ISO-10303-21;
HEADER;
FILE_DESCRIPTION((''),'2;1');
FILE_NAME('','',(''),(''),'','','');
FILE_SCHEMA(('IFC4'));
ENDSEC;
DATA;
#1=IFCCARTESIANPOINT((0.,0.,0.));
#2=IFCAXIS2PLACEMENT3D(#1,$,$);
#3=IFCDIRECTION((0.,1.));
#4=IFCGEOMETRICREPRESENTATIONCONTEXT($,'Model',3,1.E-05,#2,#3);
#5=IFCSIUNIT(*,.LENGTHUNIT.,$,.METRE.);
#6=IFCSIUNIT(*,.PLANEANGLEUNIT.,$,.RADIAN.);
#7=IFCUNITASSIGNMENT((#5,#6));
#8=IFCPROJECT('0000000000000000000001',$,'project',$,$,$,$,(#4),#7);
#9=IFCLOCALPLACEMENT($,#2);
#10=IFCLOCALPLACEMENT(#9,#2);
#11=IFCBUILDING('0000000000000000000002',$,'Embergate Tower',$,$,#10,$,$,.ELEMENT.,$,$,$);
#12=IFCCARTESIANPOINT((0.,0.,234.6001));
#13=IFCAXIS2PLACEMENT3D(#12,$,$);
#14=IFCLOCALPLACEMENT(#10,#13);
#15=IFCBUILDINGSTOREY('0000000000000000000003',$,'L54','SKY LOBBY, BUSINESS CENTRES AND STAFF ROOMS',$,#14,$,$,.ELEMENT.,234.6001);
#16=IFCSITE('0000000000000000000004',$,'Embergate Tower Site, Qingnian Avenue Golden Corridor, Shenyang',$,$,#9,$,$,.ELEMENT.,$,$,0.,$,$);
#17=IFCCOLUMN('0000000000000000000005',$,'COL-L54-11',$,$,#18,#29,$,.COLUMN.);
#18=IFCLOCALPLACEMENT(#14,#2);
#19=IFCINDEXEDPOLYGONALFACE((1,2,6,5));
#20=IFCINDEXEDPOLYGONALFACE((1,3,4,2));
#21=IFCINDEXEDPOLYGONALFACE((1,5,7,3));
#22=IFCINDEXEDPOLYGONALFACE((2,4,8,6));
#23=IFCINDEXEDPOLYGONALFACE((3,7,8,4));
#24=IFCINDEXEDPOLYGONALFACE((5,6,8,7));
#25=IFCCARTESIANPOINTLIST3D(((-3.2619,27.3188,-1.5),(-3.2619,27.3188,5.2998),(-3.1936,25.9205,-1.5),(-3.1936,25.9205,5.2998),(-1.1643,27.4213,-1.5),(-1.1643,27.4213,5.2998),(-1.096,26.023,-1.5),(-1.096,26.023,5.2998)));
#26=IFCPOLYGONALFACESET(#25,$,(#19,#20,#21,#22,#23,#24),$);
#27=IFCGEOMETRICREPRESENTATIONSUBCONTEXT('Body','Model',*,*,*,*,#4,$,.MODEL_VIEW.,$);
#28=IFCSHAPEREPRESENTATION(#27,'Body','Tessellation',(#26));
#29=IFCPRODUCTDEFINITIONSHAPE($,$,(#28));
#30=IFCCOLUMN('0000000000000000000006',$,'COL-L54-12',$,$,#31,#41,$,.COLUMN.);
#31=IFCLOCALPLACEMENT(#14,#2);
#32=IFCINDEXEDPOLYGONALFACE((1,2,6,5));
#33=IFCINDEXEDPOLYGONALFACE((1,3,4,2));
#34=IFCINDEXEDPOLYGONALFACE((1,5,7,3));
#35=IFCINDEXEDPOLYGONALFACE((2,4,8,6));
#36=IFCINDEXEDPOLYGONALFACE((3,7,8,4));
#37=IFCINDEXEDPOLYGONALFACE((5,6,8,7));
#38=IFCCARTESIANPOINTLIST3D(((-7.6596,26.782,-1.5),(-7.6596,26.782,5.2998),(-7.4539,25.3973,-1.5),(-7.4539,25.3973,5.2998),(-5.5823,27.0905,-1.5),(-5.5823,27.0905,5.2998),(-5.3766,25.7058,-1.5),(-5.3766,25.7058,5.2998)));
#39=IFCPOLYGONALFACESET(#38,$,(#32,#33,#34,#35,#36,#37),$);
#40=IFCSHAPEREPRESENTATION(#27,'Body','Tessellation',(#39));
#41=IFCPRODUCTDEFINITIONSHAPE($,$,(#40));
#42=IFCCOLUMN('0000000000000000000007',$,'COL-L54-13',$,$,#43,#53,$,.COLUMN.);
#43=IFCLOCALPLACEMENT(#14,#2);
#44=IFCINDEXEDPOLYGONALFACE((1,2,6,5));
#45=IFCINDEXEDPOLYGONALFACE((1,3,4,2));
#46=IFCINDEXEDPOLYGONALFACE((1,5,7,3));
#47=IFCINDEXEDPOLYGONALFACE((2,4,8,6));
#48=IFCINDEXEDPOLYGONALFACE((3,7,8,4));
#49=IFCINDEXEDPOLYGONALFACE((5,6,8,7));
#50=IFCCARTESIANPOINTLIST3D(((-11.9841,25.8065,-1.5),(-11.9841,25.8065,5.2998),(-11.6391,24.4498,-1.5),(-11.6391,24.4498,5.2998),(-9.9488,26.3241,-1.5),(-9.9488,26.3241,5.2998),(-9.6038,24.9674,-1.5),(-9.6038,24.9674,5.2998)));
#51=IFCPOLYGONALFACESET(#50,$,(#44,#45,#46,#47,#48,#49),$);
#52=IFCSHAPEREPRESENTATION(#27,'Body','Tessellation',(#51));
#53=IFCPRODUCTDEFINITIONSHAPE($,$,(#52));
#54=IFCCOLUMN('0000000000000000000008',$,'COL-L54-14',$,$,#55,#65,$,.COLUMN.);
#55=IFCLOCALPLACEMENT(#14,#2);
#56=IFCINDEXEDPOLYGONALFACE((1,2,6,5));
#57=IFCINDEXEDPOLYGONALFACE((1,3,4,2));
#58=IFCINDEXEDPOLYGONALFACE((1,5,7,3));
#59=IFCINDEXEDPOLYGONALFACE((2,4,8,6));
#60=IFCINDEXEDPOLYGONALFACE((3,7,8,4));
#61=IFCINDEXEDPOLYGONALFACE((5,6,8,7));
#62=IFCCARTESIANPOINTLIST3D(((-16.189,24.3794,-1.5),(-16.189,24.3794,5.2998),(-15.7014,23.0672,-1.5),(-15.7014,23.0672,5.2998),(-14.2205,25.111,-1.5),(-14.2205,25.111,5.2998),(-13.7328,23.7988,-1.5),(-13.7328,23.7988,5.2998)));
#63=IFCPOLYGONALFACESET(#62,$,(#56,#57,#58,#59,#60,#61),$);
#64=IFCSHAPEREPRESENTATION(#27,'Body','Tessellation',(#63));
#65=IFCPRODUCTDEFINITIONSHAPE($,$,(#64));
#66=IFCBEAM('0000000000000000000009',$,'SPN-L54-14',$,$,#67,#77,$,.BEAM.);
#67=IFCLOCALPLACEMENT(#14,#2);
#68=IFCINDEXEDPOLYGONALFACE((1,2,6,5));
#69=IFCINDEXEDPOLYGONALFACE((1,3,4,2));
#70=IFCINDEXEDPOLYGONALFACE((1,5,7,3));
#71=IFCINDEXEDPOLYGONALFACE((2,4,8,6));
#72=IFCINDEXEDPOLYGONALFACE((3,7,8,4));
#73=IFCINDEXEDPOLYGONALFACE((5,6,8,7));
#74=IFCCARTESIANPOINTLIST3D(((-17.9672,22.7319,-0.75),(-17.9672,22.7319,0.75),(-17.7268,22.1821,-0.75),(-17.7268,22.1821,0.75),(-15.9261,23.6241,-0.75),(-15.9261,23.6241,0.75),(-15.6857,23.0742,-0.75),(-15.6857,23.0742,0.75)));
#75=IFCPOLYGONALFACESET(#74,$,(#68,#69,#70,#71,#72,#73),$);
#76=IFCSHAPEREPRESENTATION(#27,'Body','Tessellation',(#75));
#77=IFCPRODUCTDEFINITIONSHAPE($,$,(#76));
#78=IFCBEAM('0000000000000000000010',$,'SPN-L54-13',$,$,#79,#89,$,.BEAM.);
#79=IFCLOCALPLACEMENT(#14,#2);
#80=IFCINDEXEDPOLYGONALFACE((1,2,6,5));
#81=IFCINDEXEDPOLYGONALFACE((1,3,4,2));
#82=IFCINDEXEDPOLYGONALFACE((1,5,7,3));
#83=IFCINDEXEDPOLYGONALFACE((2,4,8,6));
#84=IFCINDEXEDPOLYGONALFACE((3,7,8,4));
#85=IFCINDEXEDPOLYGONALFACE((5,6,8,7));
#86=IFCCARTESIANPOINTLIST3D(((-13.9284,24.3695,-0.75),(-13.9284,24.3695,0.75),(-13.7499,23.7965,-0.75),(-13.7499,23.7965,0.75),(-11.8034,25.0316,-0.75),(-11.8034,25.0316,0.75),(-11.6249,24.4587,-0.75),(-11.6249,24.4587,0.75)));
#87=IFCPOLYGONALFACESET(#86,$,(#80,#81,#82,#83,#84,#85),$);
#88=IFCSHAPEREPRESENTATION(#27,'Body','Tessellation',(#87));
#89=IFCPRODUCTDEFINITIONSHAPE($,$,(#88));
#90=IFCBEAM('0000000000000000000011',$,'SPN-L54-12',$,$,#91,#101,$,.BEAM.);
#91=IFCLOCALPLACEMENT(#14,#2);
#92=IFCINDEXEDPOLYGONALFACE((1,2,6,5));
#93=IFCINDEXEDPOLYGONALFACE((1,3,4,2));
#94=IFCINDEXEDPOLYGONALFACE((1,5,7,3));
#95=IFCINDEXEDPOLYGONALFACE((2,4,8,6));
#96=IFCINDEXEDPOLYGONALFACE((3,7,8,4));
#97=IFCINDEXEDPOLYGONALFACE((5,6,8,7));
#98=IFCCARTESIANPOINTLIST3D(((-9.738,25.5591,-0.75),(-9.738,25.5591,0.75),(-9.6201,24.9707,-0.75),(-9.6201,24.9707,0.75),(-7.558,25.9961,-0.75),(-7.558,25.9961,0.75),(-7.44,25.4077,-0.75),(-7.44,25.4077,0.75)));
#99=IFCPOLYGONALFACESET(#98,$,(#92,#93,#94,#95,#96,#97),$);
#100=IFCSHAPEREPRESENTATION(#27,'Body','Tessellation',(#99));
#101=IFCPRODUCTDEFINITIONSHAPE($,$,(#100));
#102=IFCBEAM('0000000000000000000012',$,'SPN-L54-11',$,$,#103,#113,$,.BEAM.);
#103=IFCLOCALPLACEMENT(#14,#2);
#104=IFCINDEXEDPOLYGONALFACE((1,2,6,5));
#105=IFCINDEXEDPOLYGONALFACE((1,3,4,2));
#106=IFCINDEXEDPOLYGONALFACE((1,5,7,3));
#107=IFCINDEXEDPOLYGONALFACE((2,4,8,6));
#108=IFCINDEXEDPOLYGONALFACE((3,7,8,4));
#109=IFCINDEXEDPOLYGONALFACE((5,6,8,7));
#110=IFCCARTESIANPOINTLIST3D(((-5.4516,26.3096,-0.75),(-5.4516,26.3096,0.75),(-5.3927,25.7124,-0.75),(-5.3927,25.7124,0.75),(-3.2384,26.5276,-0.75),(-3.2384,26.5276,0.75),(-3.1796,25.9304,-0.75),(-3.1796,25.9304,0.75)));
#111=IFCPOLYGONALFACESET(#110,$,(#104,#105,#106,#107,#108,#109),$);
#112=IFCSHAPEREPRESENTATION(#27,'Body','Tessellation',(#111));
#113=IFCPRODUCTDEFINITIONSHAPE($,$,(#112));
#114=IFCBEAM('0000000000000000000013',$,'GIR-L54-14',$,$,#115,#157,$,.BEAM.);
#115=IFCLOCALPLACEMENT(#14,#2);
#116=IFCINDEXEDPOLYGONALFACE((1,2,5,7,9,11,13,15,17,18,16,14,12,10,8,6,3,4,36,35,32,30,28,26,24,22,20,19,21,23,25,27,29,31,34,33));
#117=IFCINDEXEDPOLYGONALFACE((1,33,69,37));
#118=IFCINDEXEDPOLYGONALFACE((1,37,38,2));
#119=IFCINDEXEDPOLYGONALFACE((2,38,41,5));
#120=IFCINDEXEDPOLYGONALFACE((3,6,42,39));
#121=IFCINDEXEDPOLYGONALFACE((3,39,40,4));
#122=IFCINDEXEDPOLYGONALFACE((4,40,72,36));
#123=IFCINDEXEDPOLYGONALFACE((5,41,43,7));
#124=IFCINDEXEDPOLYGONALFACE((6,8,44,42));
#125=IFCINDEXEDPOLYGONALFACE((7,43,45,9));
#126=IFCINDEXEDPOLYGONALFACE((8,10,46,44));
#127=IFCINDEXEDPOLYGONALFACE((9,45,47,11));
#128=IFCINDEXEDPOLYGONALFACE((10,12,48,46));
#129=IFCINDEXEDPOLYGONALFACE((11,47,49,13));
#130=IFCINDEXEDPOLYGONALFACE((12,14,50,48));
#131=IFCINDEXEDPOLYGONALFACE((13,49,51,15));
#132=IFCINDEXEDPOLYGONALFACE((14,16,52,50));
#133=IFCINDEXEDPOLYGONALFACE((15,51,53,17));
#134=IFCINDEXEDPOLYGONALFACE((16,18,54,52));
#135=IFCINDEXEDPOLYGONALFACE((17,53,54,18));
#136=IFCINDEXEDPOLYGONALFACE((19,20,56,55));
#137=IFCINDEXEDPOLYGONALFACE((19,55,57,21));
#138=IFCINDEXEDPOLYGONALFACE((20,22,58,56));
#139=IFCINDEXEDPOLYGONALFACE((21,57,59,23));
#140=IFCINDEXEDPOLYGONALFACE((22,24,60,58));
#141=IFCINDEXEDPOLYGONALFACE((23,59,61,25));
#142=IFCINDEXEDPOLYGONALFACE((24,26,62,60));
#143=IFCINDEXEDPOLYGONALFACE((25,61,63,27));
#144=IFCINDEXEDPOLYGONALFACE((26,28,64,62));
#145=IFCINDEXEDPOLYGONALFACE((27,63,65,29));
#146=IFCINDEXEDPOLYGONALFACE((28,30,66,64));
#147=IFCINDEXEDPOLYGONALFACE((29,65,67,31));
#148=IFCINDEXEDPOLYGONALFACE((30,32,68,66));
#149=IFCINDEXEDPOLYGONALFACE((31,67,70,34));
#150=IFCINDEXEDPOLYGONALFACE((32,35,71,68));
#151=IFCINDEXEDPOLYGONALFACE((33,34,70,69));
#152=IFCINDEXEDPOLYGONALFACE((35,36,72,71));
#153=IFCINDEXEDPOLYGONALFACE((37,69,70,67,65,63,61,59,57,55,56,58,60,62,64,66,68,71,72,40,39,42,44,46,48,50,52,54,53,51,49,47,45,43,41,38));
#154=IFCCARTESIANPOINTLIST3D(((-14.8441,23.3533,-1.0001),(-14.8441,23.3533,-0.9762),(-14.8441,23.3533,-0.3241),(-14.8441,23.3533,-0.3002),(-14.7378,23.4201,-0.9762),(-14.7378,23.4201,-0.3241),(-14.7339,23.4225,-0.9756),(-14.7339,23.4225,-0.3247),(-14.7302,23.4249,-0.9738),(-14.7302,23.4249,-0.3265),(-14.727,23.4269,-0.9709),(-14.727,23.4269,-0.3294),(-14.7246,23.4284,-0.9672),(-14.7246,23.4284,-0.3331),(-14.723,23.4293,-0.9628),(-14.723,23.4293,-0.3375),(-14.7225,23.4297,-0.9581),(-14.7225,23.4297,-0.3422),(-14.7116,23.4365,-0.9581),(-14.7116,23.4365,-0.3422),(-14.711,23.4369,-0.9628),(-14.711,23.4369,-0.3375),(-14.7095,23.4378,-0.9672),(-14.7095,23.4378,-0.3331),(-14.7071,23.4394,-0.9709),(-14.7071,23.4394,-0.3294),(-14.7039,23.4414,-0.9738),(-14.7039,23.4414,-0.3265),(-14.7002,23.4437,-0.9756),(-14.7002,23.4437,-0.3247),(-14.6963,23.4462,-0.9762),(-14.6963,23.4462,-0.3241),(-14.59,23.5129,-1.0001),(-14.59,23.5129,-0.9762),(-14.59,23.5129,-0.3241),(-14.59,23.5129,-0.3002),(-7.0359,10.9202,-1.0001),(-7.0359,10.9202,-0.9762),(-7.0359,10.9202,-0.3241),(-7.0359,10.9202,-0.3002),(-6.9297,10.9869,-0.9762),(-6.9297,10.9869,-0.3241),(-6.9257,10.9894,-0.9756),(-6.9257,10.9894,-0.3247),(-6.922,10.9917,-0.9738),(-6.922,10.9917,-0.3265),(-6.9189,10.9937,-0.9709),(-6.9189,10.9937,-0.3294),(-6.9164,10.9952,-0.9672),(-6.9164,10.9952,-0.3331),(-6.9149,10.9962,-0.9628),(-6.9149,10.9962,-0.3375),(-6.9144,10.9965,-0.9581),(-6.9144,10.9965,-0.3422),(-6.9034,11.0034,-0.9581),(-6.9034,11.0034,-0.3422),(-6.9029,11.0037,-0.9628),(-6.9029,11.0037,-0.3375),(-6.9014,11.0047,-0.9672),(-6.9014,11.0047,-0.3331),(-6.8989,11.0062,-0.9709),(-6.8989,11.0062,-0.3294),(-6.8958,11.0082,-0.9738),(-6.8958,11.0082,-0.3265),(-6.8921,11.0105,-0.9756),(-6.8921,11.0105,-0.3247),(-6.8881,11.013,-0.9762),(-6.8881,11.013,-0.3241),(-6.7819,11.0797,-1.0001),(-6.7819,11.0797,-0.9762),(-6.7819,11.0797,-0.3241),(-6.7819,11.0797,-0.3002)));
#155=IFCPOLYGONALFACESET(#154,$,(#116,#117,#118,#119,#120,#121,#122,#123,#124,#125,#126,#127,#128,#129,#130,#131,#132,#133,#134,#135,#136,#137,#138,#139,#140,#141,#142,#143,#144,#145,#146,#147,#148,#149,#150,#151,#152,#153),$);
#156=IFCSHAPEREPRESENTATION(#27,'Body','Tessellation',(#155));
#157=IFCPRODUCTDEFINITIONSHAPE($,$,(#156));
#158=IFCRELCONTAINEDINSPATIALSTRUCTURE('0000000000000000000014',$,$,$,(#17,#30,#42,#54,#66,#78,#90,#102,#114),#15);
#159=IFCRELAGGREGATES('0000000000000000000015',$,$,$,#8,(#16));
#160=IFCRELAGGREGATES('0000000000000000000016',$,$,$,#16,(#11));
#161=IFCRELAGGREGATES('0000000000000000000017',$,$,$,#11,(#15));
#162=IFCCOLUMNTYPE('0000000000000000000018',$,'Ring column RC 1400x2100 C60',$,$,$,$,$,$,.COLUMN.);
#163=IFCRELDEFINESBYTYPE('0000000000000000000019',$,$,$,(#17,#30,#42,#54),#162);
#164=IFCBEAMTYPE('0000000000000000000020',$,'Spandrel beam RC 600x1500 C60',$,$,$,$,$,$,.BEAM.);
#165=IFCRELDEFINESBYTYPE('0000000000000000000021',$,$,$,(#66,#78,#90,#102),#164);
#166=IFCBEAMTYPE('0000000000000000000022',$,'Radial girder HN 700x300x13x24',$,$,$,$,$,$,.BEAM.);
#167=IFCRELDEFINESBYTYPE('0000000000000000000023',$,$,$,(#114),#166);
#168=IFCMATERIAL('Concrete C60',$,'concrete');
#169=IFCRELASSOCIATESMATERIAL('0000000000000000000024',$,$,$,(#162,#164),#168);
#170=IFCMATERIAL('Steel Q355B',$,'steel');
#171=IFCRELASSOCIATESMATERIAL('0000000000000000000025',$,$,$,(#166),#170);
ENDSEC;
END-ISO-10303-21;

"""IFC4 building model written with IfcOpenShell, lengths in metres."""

from ifc_helpers import new_model, si_unit, direction, frame, origin, origin_2d, place, context, subcontext, project, spatial, rectangle, i_section, extrude, source, transform, mapped, material, material_profile, profile_set, type_object, element, save


model = new_model("IFC4")

# Units and contexts
model_context = context("Model", 3, precision=1e-05, world=origin(), true_north=direction((0.0, 1.0)))
body_context = subcontext(model_context, "Body", "Model", "MODEL_VIEW")
ifc_project = project(units=[si_unit("LENGTHUNIT", "METRE"), si_unit("PLANEANGLEUNIT", "RADIAN")], contexts=[model_context])

# Site, building, storey
site_placement = place(None, origin())
site = spatial("IfcSite", under=ifc_project, at=site_placement, Name="Embergate Tower Site, Qingnian Avenue Golden Corridor, Shenyang", CompositionType="ELEMENT", RefElevation=0.0)
building_placement = place(site_placement, origin())
building = spatial("IfcBuilding", under=site, at=building_placement, Name="Embergate Tower", CompositionType="ELEMENT")
storey_placement = place(building_placement, frame((0.0, 0.0, 234.6001)))
storey = spatial("IfcBuildingStorey", under=building, at=storey_placement, Name="L54", Description="SKY LOBBY, BUSINESS CENTRES AND STAFF ROOMS", CompositionType="ELEMENT", Elevation=234.6001)

# Columns
ifc_material_1 = material(Name="Concrete C60", Category="concrete")
ifc_material_profile_1 = material_profile(ifc_material_1, rectangle(XDim=1.3999, YDim=2.1001, at=origin_2d()), Name="RC 1400x2100")
ifc_profile_set_1 = profile_set([ifc_material_profile_1], Name="Concrete C60")
column_type = type_object("IfcColumnType", Name="Ring column RC 1400x2100 C60", PredefinedType="COLUMN", material=ifc_profile_set_1)
shared_shape_1 = source(origin(), body_context, "Body", "SweptSolid", [
    extrude(rectangle(XDim=1.3999, YDim=2.1001, at=origin_2d()), origin(), (0.0, 0.0, 1.0), 6.7998),
])
for number, where, z_axis, x_axis, name in (
    (1, (-2.179, 26.6709, -1.5), (0.0, 0.0, 1.0), (-0.048815, 0.998808, 0.0), "COL-L54-11"),
    (2, (-6.5181, 26.2439, -1.5), (0.0, 0.0, 1.0), (-0.146929, 0.989147, 0.0), "COL-L54-12"),
    (3, (-10.7939, 25.387, -1.5), (0.0, 0.0, 1.0), (-0.246492, 0.969145, 0.0), "COL-L54-13"),
    (4, (-14.9609, 24.0891, -1.5), (0.0, 0.0, 1.0), (-0.348343, 0.937367, 0.0), "COL-L54-14"),
):
    element("IfcColumn", number, at=place(storey_placement, frame(where, z_axis=z_axis, x_axis=x_axis)), inside=storey, type_object=column_type, Name=name, PredefinedType="COLUMN", context=body_context, shape_type="MappedRepresentation", body=[
        mapped(shared_shape_1, transform((0.0, 0.0, 0.0))),
    ])

# Beams
ifc_material_profile_2 = material_profile(ifc_material_1, rectangle(XDim=0.6001, YDim=1.5, at=origin_2d()), Name="RC 600x1500")
ifc_profile_set_2 = profile_set([ifc_material_profile_2], Name="Concrete C60")
beam_type_1 = type_object("IfcBeamType", Name="Spandrel beam RC 600x1500 C60", PredefinedType="BEAM", material=ifc_profile_set_2)
shared_shape_2 = source(origin(), body_context, "Body", "SweptSolid", [
    extrude(rectangle(XDim=0.6001, YDim=1.5, at=origin_2d()), origin(), (0.0, 0.0, 1.0), 2.2275),
])
beam_1_placement = place(storey_placement, frame((-15.8059, 23.3491, 0.0), z_axis=(-0.916298, -0.400497, 0.0), x_axis=(0.400497, -0.916298, 0.0)))
element("IfcBeam", 5, at=beam_1_placement, inside=storey, type_object=beam_type_1, Name="SPN-L54-14", PredefinedType="BEAM", context=body_context, shape_type="MappedRepresentation", body=[
    mapped(shared_shape_2, transform((0.0, 0.0, 0.0))),
])
shared_shape_3 = source(origin(), body_context, "Body", "SweptSolid", [
    extrude(rectangle(XDim=0.6001, YDim=1.5, at=origin_2d()), origin(), (0.0, 0.0, 1.0), 2.2258),
])
beam_2_placement = place(storey_placement, frame((-11.7141, 24.7451, 0.0), z_axis=(-0.954729, -0.297475, 0.0), x_axis=(0.297475, -0.954729, 0.0)))
element("IfcBeam", 6, at=beam_2_placement, inside=storey, type_object=beam_type_1, Name="SPN-L54-13", PredefinedType="BEAM", context=body_context, shape_type="MappedRepresentation", body=[
    mapped(shared_shape_3, transform((0.0, 0.0, 0.0))),
])
shared_shape_4 = source(origin(), body_context, "Body", "SweptSolid", [
    extrude(rectangle(XDim=0.6001, YDim=1.5, at=origin_2d()), origin(), (0.0, 0.0, 1.0), 2.2234),
])
beam_3_placement = place(storey_placement, frame((-7.499, 25.7019, 0.0), z_axis=(-0.980492, -0.19656, 0.0), x_axis=(0.19656, -0.980492, 0.0)))
element("IfcBeam", 7, at=beam_3_placement, inside=storey, type_object=beam_type_1, Name="SPN-L54-12", PredefinedType="BEAM", context=body_context, shape_type="MappedRepresentation", body=[
    mapped(shared_shape_4, transform((0.0, 0.0, 0.0))),
])
shared_shape_5 = source(origin(), body_context, "Body", "SweptSolid", [
    extrude(rectangle(XDim=0.6001, YDim=1.5, at=origin_2d()), origin(), (0.0, 0.0, 1.0), 2.2239),
])
beam_4_placement = place(storey_placement, frame((-3.209, 26.229, 0.0), z_axis=(-0.995183, -0.098036, 0.0), x_axis=(0.098036, -0.995183, 0.0)))
element("IfcBeam", 8, at=beam_4_placement, inside=storey, type_object=beam_type_1, Name="SPN-L54-11", PredefinedType="BEAM", context=body_context, shape_type="MappedRepresentation", body=[
    mapped(shared_shape_5, transform((0.0, 0.0, 0.0))),
])
ifc_material_2 = material(Name="Steel Q355B", Category="steel")
ifc_material_profile_3 = material_profile(ifc_material_2, i_section(OverallWidth=0.3, OverallDepth=0.7, WebThickness=0.0129, FlangeThickness=0.0239, FilletRadius=0.0181, at=origin_2d()), Name="HN 700x300x13x24")
ifc_profile_set_3 = profile_set([ifc_material_profile_3], Name="Steel Q355 grade B")
beam_type_2 = type_object("IfcBeamType", Name="Radial girder HN 700x300x13x24", PredefinedType="BEAM", material=ifc_profile_set_3)
shared_shape_6 = source(origin(), body_context, "Body", "SweptSolid", [
    extrude(i_section(OverallWidth=0.3, OverallDepth=0.7, WebThickness=0.0129, FlangeThickness=0.0239, FilletRadius=0.0181, at=origin_2d()), origin(), (0.0, 0.0, 1.0), 14.6816),
])
beam_5_placement = place(storey_placement, frame((-14.717, 23.4331, -0.6501), z_axis=(0.53183, -0.846851, 0.0), x_axis=(0.846851, 0.53183, 0.0)))
element("IfcBeam", 9, at=beam_5_placement, inside=storey, type_object=beam_type_2, Name="GIR-L54-14", PredefinedType="BEAM", context=body_context, shape_type="MappedRepresentation", body=[
    mapped(shared_shape_6, transform((0.0, 0.0, 0.0))),
])

save(model, "model.ifc")
